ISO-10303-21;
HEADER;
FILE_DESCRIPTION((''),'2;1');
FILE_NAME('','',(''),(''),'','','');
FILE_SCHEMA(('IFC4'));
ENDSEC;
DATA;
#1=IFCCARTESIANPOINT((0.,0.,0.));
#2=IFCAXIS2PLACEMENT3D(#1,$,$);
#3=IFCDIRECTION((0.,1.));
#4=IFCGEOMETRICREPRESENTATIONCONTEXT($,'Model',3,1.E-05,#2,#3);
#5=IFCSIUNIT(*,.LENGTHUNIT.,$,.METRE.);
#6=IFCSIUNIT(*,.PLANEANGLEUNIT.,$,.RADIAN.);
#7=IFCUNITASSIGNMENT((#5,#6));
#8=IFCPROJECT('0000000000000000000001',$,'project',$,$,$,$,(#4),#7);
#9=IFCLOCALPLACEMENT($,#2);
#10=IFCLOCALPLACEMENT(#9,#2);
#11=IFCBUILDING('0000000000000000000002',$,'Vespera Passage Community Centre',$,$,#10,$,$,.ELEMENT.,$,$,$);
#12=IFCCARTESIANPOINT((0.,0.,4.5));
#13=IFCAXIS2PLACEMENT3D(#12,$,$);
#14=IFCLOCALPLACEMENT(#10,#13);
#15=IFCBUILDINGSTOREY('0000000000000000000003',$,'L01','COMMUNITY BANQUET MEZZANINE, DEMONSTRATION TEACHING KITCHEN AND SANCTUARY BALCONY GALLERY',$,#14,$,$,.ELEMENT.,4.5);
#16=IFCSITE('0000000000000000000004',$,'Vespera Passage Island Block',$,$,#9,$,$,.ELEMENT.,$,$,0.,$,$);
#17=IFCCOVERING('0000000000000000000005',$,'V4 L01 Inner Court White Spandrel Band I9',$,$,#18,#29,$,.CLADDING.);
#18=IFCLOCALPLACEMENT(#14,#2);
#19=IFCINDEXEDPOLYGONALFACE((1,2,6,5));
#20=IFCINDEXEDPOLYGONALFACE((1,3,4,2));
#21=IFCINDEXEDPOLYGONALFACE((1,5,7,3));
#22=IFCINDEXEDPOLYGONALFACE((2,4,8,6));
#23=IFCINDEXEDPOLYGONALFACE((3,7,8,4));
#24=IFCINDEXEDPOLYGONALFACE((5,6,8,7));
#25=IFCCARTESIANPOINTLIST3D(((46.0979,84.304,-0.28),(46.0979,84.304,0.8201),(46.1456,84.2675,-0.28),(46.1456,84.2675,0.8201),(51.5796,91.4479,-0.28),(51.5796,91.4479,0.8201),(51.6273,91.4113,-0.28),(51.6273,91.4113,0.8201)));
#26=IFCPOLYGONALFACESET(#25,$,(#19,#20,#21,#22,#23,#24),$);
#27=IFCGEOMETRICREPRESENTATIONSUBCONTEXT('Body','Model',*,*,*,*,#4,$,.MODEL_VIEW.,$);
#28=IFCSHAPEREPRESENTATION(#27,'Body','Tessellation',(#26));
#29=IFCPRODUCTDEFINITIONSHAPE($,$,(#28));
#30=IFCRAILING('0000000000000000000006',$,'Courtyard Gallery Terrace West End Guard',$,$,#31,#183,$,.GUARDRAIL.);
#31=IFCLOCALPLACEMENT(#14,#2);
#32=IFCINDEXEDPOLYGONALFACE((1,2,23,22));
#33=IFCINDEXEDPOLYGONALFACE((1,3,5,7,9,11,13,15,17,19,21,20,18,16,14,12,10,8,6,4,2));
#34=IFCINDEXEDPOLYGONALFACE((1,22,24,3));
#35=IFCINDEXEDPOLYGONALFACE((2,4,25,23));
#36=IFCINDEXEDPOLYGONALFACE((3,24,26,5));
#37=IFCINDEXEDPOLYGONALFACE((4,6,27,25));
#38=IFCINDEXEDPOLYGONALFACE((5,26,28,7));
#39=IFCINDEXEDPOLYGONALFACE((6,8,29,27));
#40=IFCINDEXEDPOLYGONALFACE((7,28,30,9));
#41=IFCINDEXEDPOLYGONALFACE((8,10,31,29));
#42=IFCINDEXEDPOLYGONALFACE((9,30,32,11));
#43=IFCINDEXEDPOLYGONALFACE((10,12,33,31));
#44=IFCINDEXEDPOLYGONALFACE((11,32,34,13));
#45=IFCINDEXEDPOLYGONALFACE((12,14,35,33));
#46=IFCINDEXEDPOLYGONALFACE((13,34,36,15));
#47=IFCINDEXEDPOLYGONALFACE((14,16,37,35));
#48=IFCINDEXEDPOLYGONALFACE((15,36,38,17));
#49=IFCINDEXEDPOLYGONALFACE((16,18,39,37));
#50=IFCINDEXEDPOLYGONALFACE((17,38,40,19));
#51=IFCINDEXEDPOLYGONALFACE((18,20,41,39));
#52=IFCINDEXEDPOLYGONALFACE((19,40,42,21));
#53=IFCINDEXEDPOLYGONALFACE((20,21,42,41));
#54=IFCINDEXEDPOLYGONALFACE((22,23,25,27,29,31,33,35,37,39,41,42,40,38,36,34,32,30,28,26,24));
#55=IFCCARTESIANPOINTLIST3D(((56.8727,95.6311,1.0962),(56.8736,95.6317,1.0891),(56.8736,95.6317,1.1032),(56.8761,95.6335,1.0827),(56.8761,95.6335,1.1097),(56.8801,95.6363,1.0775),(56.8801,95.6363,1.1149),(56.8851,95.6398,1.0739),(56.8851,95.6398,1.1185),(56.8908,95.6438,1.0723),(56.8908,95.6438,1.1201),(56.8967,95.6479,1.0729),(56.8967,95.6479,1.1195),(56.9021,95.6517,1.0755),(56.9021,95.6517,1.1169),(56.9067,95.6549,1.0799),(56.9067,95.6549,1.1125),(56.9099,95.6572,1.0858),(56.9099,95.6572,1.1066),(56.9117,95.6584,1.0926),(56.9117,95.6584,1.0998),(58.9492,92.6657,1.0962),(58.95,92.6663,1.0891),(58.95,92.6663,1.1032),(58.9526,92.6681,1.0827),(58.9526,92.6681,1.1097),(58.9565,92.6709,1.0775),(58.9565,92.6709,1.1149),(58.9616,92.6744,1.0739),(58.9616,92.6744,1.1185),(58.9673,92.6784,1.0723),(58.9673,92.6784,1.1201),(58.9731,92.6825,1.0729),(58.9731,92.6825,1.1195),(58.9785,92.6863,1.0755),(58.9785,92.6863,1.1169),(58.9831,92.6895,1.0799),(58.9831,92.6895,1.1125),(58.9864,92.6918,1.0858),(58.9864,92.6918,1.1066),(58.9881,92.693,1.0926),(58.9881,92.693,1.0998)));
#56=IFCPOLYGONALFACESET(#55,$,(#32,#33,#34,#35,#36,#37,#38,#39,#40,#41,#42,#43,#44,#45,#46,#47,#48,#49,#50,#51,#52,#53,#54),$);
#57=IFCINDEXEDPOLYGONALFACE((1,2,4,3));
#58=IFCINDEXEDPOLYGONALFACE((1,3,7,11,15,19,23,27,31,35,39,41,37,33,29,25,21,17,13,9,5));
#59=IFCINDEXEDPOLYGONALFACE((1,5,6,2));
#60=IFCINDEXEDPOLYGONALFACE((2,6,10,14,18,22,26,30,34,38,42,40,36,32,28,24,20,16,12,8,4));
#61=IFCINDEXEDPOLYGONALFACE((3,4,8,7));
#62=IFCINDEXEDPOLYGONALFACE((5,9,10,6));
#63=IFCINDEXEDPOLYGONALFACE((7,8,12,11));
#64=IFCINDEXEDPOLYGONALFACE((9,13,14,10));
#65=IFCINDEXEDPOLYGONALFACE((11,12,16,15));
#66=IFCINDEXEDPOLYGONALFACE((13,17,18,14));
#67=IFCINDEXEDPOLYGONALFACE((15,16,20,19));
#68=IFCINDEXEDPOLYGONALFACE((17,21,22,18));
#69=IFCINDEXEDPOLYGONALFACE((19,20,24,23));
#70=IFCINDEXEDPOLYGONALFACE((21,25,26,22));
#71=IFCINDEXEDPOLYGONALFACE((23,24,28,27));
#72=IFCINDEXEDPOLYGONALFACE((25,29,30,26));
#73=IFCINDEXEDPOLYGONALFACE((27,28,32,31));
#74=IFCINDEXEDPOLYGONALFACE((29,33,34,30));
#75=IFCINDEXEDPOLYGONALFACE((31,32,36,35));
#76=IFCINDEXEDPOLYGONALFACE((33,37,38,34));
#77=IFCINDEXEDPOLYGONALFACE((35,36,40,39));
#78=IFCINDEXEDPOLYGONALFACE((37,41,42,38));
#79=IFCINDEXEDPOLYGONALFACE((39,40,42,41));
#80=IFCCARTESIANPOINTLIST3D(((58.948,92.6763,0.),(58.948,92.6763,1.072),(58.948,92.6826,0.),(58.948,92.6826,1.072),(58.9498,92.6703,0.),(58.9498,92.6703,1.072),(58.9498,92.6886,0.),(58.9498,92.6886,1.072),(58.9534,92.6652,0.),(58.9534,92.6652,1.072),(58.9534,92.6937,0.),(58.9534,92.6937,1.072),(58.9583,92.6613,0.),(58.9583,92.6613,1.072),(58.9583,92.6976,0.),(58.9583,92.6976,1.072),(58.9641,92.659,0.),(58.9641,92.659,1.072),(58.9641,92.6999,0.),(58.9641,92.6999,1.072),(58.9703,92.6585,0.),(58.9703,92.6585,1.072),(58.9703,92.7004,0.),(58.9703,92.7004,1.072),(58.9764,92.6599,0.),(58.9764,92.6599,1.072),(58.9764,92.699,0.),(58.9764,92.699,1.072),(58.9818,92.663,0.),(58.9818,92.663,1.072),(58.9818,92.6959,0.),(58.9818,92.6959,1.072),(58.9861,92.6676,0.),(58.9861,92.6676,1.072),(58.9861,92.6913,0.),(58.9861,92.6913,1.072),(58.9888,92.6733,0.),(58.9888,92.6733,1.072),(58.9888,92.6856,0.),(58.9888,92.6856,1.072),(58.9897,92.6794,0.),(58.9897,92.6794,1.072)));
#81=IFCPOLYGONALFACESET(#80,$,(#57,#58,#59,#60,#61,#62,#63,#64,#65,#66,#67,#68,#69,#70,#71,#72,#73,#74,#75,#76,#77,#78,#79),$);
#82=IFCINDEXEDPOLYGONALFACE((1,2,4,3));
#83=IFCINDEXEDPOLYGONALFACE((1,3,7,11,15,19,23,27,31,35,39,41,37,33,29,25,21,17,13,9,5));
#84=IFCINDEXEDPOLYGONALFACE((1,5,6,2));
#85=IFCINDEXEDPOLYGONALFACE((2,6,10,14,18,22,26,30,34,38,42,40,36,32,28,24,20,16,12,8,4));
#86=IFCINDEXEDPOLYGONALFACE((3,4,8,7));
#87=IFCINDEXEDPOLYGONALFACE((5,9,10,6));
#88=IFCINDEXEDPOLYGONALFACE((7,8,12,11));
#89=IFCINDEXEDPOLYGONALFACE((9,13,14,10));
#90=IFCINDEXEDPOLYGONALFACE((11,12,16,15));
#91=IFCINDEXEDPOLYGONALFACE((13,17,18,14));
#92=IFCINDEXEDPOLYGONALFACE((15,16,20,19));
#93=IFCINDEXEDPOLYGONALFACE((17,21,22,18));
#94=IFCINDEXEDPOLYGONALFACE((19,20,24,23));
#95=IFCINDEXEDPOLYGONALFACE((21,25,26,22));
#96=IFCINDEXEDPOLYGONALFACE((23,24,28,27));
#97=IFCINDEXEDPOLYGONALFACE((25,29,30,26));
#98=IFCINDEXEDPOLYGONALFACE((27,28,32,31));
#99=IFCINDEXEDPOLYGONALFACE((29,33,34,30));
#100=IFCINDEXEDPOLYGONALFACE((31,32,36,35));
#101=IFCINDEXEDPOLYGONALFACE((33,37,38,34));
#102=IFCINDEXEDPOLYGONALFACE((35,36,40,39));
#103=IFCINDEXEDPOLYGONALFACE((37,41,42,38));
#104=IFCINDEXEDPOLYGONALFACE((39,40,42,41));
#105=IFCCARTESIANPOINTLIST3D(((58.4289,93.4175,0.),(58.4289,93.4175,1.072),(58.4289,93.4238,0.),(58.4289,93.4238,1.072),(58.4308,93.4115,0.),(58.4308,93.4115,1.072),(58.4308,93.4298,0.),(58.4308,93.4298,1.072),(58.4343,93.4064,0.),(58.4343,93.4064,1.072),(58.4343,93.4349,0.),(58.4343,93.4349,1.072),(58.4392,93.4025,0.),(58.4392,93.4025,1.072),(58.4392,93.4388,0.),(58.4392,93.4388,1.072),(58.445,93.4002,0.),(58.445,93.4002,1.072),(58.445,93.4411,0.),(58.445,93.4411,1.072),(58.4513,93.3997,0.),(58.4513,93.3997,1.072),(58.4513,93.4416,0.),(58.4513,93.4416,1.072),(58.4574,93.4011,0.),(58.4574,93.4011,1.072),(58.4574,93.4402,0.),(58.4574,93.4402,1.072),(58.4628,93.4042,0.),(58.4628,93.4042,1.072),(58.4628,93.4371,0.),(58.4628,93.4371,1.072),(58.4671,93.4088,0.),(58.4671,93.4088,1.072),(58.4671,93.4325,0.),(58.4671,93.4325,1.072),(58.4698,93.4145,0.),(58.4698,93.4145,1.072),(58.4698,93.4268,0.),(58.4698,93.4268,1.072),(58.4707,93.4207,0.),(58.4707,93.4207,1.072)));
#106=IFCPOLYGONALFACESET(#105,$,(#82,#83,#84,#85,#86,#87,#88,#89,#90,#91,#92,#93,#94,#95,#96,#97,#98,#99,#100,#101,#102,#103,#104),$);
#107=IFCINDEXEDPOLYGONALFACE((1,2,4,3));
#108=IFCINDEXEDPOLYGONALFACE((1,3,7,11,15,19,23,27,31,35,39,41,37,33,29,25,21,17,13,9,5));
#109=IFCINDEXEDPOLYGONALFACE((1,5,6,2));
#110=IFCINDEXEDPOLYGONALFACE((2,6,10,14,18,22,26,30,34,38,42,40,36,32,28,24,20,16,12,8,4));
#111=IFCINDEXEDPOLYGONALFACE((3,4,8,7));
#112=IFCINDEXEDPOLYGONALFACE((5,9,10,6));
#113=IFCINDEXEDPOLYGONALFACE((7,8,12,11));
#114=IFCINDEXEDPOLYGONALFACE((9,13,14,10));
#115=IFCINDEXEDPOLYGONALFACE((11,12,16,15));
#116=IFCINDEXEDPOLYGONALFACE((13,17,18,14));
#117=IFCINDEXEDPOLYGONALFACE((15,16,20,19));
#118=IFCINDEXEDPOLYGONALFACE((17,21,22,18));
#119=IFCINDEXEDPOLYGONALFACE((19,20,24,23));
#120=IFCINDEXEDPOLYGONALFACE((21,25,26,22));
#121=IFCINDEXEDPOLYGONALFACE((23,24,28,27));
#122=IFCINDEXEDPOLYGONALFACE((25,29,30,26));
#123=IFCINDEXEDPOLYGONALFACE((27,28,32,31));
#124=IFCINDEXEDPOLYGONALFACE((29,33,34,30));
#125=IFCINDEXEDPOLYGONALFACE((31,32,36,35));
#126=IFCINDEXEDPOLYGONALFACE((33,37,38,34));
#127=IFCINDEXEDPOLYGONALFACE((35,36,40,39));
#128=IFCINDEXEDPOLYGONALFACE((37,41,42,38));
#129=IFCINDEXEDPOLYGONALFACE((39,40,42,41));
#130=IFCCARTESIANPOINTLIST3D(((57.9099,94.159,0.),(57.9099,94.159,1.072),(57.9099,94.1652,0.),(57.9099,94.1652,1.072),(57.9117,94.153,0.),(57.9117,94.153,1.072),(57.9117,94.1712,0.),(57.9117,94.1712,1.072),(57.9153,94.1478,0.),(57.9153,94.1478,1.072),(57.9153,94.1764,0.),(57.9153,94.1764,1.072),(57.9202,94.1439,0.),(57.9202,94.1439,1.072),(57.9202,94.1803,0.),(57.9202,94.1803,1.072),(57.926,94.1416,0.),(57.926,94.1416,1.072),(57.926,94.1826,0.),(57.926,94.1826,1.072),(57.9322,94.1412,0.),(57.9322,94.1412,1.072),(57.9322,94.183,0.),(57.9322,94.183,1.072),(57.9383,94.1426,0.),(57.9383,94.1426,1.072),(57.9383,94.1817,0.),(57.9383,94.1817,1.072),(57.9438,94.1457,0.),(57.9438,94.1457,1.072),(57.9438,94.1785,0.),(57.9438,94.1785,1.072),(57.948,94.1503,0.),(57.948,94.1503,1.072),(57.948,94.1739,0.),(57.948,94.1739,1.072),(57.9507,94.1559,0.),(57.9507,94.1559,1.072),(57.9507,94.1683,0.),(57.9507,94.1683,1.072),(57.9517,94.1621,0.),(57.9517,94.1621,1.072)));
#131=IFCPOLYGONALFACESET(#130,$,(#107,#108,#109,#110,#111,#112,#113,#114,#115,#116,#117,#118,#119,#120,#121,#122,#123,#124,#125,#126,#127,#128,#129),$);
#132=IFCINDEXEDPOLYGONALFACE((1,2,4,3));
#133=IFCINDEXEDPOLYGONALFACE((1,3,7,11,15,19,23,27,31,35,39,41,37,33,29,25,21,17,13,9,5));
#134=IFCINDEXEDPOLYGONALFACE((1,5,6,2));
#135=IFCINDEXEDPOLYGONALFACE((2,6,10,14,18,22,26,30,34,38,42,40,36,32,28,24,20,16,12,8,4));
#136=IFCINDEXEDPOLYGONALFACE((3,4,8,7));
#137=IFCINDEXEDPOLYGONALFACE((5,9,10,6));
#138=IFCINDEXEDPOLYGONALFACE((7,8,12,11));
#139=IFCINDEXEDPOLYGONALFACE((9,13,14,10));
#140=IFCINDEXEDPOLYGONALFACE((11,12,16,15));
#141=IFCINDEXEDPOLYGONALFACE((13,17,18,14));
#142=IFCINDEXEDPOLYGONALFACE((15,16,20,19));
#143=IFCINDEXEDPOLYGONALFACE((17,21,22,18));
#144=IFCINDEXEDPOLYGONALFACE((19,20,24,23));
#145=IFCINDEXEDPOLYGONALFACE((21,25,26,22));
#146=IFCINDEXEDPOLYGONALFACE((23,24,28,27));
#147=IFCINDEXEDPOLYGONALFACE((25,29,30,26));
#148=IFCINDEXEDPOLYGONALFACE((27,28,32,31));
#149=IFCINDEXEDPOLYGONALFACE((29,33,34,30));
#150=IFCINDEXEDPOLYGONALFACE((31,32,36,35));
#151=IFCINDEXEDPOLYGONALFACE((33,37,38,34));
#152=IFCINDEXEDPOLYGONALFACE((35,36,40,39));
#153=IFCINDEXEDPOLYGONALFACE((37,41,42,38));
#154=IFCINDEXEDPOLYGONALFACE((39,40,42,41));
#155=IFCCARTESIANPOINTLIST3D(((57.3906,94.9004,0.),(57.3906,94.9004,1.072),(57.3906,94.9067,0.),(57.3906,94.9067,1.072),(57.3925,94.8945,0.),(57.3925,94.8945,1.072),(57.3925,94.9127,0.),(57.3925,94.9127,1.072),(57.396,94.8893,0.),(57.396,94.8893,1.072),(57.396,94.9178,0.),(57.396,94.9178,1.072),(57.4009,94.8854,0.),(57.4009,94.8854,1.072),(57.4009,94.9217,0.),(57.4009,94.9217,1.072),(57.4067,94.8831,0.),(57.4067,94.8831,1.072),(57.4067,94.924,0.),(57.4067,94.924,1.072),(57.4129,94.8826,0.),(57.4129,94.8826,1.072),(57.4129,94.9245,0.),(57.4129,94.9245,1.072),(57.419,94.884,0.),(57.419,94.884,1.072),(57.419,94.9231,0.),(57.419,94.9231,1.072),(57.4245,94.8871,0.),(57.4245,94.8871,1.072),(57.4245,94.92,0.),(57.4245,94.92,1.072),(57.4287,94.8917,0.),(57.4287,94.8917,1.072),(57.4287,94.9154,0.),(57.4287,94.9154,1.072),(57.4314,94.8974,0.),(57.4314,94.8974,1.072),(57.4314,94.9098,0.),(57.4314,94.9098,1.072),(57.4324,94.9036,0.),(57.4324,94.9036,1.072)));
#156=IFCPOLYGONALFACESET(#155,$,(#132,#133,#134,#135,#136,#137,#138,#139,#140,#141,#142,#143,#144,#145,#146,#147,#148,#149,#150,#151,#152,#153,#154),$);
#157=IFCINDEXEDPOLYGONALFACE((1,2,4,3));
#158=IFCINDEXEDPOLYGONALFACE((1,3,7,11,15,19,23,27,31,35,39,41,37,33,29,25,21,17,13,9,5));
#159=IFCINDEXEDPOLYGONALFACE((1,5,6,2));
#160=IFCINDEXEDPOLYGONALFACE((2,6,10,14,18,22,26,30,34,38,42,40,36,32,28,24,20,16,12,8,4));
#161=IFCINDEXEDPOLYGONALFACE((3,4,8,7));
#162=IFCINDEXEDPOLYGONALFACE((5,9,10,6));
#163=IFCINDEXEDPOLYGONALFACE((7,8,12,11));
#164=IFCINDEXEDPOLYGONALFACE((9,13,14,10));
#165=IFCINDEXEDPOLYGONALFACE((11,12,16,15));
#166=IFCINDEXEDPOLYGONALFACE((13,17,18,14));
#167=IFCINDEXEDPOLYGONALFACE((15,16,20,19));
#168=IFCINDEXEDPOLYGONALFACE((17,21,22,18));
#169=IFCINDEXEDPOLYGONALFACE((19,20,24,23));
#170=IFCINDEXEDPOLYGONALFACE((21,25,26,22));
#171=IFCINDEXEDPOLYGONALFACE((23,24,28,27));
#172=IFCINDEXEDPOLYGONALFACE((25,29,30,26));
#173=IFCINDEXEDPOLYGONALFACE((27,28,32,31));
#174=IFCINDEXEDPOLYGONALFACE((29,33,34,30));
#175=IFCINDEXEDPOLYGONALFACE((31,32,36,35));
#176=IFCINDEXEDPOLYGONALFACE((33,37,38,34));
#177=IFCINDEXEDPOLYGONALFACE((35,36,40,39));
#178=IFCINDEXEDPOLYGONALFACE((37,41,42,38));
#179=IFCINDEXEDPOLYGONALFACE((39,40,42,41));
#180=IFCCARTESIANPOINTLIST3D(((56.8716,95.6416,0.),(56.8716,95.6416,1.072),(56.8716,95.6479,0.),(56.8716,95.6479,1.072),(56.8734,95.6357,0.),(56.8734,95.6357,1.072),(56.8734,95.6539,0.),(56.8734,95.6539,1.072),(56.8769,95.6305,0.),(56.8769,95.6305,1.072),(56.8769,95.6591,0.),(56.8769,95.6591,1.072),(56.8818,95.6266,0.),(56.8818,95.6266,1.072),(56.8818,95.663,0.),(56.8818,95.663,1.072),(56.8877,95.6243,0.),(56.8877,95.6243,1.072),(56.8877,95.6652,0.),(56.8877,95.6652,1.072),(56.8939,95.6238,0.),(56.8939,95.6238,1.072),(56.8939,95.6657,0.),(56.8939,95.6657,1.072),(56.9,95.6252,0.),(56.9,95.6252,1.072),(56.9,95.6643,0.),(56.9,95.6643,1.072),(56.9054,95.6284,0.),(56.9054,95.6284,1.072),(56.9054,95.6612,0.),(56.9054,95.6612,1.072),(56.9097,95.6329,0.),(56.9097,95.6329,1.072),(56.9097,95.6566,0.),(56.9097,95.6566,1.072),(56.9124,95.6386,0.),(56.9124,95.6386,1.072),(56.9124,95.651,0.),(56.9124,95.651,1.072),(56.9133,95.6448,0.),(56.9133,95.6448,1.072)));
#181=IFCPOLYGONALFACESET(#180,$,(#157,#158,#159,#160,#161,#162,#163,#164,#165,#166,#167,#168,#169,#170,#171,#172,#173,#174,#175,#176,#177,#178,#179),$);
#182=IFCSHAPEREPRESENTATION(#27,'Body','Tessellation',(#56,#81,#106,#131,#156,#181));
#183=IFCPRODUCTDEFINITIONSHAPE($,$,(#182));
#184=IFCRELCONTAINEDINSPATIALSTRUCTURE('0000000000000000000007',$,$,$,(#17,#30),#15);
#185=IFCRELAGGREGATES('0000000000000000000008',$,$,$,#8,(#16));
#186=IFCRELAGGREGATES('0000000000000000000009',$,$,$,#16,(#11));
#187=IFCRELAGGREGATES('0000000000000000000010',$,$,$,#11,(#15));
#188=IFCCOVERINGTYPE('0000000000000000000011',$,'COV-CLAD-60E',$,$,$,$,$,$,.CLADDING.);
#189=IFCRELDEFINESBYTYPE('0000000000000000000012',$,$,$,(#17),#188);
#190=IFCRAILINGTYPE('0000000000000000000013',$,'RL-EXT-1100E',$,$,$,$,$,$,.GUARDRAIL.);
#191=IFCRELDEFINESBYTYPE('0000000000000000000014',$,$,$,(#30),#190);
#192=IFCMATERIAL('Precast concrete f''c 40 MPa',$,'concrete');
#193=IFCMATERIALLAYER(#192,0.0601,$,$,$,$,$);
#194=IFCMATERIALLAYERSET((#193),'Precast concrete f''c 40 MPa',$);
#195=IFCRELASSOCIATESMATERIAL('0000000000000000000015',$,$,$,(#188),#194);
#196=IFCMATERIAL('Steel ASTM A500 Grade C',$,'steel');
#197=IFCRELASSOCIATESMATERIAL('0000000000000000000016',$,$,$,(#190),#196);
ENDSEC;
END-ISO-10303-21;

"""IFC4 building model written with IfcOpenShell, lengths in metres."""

from ifc_helpers import new_model, si_unit, direction, frame, frame_2d, origin, origin_2d, place, context, subcontext, project, spatial, rectangle, circle, extrude, material, layer, layer_set, type_object, element, save


model = new_model("IFC4")

# Units and contexts
model_context = context("Model", 3, precision=1e-05, world=origin(), true_north=direction((0.0, 1.0)))
body_context = subcontext(model_context, "Body", "Model", "MODEL_VIEW")
ifc_project = project(units=[si_unit("LENGTHUNIT", "METRE"), si_unit("PLANEANGLEUNIT", "RADIAN")], contexts=[model_context])

# Site, building, storey
site_placement = place(None, origin())
site = spatial("IfcSite", under=ifc_project, at=site_placement, Name="Vespera Passage Island Block", CompositionType="ELEMENT", RefElevation=0.0)
building_placement = place(site_placement, origin())
building = spatial("IfcBuilding", under=site, at=building_placement, Name="Vespera Passage Community Centre", CompositionType="ELEMENT")
storey_placement = place(building_placement, frame((0.0, 0.0, 4.5)))
storey = spatial("IfcBuildingStorey", under=building, at=storey_placement, Name="L01", Description="COMMUNITY BANQUET MEZZANINE, DEMONSTRATION TEACHING KITCHEN AND SANCTUARY BALCONY GALLERY", CompositionType="ELEMENT", Elevation=4.5)

# Covering
ifc_material_1 = material(Name="Precast concrete f'c 40 MPa", Category="concrete")
ifc_layer_1 = layer(ifc_material_1, 0.0601)
ifc_layer_set_1 = layer_set([ifc_layer_1], Name="Precast concrete f'c 40 MPa")
covering_type = type_object("IfcCoveringType", Name="COV-CLAD-60E", PredefinedType="CLADDING", material=ifc_layer_set_1)
covering_placement = place(storey_placement, frame((51.6035, 91.4297, -0.28), z_axis=(0.0, 0.0, 1.0), x_axis=(-0.608766, -0.79335, 0.0)))
element("IfcCovering", 1, at=covering_placement, inside=storey, type_object=covering_type, Name="V4 L01 Inner Court White Spandrel Band I9", PredefinedType="CLADDING", context=body_context, shape_type="SweptSolid", body=[
    extrude(rectangle(XDim=9.0046, YDim=0.0601, at=frame_2d((4.5024, 0.0))), origin(), (0.0, 0.0, 1.0), 1.1001),
])

# Railing
ifc_material_2 = material(Name="Steel ASTM A500 Grade C", Category="steel")
railing_type_1 = type_object("IfcRailingType", Name="RL-EXT-1100E", PredefinedType="GUARDRAIL", material=ifc_material_2)
railing_1_placement = place(storey_placement, frame((58.9688, 92.6794, 0.0)))
element("IfcRailing", 2, at=railing_1_placement, inside=storey, type_object=railing_type_1, Name="Courtyard Gallery Terrace West End Guard", PredefinedType="GUARDRAIL", context=body_context, shape_type="SweptSolid", body=[
    extrude(circle(Radius=0.0239, at=origin_2d()), frame((0.0, 0.0, 1.0962), z_axis=(-0.573589, 0.819143, 0.0), x_axis=(-0.819143, -0.573589, 0.0)), (0.0, 0.0, 1.0), 3.6201),
    extrude(circle(Radius=0.021, at=origin_2d()), origin(), (0.0, 0.0, 1.0), 1.072),
    extrude(circle(Radius=0.021, at=origin_2d()), frame((-0.519, 0.7412, 0.0)), (0.0, 0.0, 1.0), 1.072),
    extrude(circle(Radius=0.021, at=origin_2d()), frame((-1.0381, 1.4827, 0.0)), (0.0, 0.0, 1.0), 1.072),
    extrude(circle(Radius=0.021, at=origin_2d()), frame((-1.5574, 2.2241, 0.0)), (0.0, 0.0, 1.0), 1.072),
    extrude(circle(Radius=0.021, at=origin_2d()), frame((-2.0764, 2.9653, 0.0)), (0.0, 0.0, 1.0), 1.072),
])

save(model, "model.ifc")
